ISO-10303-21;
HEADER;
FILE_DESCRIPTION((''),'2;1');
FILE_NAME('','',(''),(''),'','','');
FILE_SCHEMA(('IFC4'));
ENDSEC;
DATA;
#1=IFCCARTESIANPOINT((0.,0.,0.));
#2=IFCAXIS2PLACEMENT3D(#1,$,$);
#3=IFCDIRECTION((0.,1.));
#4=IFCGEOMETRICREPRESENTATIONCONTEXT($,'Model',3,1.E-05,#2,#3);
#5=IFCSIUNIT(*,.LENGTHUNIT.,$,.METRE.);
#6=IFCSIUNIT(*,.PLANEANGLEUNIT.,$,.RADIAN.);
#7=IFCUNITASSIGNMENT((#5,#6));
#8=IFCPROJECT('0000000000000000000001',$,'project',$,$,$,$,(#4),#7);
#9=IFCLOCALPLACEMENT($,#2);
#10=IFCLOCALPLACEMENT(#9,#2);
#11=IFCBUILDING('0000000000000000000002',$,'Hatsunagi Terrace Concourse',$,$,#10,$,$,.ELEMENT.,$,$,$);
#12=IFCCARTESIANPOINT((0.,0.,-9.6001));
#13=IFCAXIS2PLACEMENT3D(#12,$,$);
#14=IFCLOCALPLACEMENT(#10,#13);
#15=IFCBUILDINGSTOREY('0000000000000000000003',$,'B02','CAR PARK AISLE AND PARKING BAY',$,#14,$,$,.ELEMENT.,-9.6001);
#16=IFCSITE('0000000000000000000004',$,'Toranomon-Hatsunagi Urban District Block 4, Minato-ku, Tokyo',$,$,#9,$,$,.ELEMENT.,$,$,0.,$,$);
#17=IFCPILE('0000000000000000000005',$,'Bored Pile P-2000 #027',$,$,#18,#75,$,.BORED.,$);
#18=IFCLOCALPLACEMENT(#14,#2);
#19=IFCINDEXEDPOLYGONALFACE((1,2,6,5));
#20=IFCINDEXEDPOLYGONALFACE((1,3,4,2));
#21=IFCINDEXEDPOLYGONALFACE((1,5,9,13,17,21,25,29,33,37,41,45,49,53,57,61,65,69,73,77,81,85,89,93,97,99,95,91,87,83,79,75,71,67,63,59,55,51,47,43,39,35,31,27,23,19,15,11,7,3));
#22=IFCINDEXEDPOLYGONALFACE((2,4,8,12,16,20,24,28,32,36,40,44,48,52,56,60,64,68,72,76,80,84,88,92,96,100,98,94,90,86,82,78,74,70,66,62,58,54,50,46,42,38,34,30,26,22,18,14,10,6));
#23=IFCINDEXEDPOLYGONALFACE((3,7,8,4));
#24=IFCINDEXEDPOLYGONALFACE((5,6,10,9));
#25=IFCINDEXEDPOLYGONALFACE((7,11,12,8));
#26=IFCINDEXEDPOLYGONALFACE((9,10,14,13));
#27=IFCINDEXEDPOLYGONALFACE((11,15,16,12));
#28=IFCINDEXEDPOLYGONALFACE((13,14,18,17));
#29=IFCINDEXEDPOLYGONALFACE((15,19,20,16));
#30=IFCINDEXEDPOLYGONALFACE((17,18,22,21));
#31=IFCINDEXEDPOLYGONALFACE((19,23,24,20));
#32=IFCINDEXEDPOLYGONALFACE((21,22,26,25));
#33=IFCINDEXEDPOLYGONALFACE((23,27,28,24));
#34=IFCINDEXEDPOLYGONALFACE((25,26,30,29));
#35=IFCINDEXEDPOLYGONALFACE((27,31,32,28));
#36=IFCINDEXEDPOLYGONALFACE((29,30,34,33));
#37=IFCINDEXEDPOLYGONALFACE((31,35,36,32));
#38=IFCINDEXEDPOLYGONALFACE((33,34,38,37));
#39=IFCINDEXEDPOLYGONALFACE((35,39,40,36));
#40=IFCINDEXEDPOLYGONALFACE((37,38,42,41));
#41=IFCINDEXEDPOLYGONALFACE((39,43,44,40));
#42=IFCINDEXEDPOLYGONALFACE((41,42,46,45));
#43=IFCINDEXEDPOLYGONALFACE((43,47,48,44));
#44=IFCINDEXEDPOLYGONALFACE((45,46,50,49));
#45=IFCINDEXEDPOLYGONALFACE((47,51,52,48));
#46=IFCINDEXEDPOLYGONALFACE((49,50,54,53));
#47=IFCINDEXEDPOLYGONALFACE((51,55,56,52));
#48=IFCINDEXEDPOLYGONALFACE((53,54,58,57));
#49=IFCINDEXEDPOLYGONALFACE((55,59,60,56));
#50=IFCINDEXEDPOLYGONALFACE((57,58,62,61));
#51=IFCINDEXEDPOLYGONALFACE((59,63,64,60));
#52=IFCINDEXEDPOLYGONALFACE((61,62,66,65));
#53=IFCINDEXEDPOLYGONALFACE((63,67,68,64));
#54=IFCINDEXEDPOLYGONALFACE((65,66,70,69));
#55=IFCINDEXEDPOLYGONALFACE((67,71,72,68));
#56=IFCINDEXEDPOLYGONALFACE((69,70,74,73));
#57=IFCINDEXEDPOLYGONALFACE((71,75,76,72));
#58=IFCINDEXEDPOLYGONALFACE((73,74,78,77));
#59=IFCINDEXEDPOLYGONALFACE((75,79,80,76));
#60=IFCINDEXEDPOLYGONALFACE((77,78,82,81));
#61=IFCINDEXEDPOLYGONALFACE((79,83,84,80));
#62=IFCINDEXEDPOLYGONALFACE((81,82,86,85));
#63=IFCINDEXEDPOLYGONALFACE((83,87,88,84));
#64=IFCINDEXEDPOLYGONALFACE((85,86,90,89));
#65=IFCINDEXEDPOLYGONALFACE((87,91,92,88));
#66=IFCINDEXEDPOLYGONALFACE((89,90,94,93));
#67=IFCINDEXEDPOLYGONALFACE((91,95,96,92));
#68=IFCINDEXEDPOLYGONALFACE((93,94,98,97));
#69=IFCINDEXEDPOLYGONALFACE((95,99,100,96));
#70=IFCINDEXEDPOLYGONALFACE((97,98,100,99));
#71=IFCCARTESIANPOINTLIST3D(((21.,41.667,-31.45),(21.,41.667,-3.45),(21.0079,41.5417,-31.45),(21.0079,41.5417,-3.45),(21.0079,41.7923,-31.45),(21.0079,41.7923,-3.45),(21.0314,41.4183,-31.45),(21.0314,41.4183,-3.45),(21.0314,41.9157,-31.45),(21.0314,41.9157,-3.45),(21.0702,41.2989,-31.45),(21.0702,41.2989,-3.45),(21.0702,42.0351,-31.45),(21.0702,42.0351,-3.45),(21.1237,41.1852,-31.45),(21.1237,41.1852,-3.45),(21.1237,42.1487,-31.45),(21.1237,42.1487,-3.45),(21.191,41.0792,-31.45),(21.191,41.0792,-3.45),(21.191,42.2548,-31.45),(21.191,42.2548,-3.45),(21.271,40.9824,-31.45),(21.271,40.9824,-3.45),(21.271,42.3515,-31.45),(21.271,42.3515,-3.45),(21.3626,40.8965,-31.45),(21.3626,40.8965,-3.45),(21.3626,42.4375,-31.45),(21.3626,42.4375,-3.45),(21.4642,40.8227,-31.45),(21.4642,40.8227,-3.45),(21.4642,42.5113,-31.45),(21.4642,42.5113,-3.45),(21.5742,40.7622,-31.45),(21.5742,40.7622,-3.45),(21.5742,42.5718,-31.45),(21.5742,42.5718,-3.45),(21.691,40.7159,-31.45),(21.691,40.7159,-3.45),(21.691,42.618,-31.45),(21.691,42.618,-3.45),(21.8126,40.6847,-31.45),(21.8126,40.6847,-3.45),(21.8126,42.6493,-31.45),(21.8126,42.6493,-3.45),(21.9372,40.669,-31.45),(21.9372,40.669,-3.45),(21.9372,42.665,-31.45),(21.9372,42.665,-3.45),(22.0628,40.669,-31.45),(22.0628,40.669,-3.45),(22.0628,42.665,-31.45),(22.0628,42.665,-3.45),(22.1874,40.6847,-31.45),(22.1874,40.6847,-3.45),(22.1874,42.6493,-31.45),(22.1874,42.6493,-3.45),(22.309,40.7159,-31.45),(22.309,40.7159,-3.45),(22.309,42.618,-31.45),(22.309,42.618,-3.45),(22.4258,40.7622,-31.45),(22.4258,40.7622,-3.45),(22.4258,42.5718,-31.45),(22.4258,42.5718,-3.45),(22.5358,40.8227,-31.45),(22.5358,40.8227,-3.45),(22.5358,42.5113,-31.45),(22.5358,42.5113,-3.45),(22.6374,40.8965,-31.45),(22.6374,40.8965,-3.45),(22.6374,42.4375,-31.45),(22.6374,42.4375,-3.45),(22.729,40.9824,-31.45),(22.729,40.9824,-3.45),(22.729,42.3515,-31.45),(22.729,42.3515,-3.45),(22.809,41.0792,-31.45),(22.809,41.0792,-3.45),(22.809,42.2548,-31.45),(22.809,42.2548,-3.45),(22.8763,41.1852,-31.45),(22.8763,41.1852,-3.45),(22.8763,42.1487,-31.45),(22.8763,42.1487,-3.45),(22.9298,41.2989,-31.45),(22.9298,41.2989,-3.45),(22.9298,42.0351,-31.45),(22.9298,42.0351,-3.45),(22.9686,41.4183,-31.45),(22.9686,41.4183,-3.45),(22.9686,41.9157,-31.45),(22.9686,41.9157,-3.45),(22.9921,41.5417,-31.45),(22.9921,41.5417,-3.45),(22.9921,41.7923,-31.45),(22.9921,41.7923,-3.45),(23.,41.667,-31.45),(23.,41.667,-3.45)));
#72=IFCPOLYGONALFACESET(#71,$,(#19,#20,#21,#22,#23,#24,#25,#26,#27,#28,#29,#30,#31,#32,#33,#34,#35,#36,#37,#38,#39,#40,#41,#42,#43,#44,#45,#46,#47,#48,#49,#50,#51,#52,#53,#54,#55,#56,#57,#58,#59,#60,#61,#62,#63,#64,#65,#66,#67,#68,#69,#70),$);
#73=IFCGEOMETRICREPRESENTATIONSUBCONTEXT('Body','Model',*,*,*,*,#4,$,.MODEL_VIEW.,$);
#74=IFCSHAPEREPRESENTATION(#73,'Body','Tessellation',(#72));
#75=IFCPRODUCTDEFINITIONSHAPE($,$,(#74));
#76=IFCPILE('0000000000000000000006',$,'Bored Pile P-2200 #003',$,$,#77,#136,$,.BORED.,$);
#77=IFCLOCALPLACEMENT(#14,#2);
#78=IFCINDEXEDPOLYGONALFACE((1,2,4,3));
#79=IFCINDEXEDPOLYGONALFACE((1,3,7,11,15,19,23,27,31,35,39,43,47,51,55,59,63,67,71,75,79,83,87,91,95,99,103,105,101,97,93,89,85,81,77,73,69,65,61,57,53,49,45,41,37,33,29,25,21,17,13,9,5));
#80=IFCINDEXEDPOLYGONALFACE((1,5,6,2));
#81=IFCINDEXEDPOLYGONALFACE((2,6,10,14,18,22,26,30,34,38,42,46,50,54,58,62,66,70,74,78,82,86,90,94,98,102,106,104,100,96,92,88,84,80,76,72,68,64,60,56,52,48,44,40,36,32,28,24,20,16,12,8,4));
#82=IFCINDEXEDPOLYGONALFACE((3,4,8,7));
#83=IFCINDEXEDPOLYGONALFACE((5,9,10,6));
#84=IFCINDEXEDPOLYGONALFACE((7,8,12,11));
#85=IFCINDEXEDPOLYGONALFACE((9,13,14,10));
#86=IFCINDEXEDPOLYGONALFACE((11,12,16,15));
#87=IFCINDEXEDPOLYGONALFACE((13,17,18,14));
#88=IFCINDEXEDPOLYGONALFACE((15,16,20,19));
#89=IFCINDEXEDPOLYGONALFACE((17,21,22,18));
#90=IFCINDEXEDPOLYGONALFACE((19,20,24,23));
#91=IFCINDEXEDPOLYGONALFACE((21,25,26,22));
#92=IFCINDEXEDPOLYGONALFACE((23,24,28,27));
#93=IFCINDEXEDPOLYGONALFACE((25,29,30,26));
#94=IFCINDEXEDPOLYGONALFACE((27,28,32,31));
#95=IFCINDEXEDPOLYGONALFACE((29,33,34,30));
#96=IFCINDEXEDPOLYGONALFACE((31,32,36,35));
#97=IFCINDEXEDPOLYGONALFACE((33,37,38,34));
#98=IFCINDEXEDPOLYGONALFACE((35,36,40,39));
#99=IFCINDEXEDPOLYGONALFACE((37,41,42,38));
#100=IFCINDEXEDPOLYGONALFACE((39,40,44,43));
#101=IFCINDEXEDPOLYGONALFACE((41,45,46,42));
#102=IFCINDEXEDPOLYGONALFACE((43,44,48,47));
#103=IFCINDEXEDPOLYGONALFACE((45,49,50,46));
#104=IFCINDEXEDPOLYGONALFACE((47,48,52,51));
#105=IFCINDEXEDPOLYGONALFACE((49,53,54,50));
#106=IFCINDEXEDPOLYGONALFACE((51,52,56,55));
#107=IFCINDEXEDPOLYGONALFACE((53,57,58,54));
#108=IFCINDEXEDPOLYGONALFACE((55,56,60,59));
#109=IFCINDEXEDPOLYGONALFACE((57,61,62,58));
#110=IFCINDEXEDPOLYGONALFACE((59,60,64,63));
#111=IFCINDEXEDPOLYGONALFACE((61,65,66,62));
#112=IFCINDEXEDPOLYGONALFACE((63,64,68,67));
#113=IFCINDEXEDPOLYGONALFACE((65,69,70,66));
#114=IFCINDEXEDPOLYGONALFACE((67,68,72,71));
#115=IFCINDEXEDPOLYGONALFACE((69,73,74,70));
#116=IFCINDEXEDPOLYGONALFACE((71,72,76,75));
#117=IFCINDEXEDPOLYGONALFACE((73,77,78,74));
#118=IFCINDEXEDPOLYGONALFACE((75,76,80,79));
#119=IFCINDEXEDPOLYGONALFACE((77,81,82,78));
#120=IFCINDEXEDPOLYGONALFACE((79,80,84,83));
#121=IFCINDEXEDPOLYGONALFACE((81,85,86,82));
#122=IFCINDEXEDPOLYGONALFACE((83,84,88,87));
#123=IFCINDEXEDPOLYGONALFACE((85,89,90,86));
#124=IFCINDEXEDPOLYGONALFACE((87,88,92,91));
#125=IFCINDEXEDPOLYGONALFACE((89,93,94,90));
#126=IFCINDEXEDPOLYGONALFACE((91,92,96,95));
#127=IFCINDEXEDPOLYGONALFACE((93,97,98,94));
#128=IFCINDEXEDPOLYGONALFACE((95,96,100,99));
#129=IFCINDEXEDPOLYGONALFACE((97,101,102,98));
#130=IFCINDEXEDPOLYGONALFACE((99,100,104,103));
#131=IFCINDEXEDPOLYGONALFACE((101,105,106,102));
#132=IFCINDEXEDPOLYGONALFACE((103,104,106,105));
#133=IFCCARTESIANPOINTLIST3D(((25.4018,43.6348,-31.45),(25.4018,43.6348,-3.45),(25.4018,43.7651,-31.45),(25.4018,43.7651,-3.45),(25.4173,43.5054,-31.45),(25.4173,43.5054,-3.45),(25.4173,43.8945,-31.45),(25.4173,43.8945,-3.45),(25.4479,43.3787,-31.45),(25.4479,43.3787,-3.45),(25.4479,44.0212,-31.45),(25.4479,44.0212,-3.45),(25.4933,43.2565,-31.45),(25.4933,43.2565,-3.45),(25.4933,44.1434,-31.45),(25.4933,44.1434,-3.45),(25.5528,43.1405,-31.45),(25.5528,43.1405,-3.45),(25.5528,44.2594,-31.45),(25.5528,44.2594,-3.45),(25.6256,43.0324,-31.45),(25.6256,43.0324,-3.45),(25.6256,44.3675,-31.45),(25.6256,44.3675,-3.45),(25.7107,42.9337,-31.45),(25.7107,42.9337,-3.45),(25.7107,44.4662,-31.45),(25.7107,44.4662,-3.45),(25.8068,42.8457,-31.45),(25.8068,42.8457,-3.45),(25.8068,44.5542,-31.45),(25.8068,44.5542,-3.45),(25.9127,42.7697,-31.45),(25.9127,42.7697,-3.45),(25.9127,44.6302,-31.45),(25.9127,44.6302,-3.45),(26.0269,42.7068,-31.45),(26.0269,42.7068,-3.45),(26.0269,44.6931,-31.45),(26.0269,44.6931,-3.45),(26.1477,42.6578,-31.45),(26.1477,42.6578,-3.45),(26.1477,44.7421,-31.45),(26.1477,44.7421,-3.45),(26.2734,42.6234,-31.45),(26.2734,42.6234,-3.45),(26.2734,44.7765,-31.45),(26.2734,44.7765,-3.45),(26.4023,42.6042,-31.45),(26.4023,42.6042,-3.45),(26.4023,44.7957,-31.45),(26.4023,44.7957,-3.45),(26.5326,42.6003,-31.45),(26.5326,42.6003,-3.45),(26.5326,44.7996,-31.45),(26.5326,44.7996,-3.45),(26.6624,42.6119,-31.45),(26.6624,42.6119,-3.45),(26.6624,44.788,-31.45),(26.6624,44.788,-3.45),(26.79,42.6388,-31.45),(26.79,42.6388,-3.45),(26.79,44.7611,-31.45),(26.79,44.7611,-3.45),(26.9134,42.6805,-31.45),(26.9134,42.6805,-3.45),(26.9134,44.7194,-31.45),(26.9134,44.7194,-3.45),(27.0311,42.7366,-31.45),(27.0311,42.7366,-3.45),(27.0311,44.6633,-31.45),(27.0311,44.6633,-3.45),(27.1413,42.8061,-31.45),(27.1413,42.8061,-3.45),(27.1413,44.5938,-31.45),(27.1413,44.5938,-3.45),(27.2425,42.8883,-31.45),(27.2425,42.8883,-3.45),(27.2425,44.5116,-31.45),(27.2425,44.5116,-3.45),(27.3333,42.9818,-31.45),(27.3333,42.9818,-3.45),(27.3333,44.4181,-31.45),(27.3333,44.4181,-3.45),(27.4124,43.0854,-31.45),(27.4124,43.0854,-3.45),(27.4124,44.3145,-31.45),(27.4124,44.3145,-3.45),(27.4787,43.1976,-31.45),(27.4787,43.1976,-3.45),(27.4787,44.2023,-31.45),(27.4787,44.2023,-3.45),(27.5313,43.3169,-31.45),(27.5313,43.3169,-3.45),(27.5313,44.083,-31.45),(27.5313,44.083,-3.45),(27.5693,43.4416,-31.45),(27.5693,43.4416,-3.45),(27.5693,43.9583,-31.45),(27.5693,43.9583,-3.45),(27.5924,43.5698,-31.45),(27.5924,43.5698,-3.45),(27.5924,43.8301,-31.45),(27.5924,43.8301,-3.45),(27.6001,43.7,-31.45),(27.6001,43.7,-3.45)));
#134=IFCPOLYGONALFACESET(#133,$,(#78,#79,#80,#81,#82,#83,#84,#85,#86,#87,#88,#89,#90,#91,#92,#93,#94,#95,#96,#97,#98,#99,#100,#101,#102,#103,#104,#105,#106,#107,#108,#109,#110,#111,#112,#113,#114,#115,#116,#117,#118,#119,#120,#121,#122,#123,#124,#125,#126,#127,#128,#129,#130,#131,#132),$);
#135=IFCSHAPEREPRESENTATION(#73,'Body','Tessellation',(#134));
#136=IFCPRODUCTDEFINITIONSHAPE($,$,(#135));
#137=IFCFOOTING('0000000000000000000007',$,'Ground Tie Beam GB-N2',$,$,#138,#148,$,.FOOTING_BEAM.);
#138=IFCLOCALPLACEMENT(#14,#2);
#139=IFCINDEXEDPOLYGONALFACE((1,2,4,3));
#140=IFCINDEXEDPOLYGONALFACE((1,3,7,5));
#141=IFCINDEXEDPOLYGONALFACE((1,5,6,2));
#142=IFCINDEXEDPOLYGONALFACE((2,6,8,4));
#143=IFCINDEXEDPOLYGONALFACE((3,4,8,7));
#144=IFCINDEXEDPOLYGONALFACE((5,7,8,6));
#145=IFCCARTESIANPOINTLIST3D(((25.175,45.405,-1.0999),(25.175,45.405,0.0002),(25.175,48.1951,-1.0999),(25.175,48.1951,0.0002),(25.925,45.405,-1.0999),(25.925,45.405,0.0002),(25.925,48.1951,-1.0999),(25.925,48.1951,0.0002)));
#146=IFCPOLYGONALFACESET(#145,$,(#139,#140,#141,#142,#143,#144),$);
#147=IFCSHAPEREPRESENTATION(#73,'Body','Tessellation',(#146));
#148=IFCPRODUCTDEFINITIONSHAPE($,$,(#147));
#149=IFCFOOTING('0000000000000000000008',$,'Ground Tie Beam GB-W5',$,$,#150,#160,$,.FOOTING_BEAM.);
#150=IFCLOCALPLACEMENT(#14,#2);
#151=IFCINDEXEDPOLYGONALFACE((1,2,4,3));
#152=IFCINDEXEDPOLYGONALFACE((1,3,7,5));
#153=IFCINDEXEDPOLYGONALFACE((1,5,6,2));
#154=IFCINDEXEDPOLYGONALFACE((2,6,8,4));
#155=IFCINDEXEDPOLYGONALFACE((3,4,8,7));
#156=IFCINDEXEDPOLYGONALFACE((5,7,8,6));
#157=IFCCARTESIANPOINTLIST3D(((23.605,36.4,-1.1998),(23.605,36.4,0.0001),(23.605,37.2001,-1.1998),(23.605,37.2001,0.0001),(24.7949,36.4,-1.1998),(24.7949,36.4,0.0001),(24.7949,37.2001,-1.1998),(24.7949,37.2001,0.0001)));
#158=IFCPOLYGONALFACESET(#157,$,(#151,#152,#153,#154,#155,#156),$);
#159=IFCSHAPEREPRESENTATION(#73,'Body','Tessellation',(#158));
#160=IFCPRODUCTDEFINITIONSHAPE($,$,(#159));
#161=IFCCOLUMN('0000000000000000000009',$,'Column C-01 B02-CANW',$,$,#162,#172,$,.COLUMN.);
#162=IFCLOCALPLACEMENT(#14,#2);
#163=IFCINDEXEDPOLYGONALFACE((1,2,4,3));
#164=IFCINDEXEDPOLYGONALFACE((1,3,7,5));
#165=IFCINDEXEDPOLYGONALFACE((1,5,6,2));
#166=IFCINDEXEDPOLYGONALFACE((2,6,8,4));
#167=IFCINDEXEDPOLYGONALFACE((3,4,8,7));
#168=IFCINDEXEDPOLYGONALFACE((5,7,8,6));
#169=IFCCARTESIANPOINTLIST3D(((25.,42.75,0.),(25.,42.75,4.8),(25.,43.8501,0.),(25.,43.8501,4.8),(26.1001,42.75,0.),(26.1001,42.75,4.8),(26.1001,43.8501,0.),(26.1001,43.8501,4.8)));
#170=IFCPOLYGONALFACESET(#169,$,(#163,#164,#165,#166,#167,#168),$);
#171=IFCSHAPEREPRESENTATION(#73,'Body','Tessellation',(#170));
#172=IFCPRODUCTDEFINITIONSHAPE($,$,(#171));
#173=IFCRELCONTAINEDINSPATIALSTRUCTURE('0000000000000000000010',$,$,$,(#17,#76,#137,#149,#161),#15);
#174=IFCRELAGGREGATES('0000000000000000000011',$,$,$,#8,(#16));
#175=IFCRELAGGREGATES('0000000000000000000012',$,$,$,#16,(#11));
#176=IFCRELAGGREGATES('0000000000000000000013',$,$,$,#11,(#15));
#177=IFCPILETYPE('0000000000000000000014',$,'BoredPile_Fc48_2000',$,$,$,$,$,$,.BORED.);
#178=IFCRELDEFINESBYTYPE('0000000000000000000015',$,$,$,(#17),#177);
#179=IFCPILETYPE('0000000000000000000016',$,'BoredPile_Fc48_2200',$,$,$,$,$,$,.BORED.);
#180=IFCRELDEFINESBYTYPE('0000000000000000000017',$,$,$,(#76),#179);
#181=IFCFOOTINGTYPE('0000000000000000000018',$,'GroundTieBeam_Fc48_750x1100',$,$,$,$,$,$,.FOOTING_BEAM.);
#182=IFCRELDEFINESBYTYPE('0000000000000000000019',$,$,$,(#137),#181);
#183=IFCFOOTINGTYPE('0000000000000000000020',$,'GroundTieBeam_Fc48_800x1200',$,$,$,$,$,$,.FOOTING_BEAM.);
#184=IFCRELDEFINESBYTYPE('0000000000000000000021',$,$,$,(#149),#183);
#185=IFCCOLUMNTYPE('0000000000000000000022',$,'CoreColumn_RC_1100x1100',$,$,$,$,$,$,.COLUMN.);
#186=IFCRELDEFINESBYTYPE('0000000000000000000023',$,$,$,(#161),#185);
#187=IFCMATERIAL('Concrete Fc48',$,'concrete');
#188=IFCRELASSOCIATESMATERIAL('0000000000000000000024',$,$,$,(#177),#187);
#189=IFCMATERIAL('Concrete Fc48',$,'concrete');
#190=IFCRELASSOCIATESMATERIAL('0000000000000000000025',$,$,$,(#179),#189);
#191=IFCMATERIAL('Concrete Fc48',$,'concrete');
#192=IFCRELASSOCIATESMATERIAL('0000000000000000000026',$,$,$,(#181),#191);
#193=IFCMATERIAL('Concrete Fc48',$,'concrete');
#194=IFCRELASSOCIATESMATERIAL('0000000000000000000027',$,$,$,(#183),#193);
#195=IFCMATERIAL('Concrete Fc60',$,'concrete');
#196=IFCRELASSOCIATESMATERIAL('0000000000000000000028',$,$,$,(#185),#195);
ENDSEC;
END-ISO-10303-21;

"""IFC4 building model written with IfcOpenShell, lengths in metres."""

from ifc_helpers import new_model, si_unit, direction, frame, origin, origin_2d, place, context, subcontext, project, spatial, rectangle, circle, extrude, material, material_profile, profile_set, type_object, element, save


model = new_model("IFC4")

# Units and contexts
model_context = context("Model", 3, precision=1e-05, world=origin(), true_north=direction((0.0, 1.0)))
body_context = subcontext(model_context, "Body", "Model", "MODEL_VIEW")
ifc_project = project(units=[si_unit("LENGTHUNIT", "METRE"), si_unit("PLANEANGLEUNIT", "RADIAN")], contexts=[model_context])

# Site, building, storey
site_placement = place(None, origin())
site = spatial("IfcSite", under=ifc_project, at=site_placement, Name="Toranomon-Hatsunagi Urban District Block 4, Minato-ku, Tokyo", CompositionType="ELEMENT", RefElevation=0.0)
building_placement = place(site_placement, origin())
building = spatial("IfcBuilding", under=site, at=building_placement, Name="Hatsunagi Terrace Concourse", CompositionType="ELEMENT")
storey_placement = place(building_placement, frame((0.0, 0.0, -9.6001)))
storey = spatial("IfcBuildingStorey", under=building, at=storey_placement, Name="B02", Description="CAR PARK AISLE AND PARKING BAY", CompositionType="ELEMENT", Elevation=-9.6001)

# Piles
ifc_material_1 = material(Name="Concrete Fc48", Category="concrete")
ifc_material_profile_1 = material_profile(ifc_material_1, circle(Radius=1.0, at=origin_2d()), Name="PILE-2000")
ifc_profile_set_1 = profile_set([ifc_material_profile_1], Name="Concrete Fc48")
pile_type_1 = type_object("IfcPileType", Name="BoredPile_Fc48_2000", PredefinedType="BORED", material=ifc_profile_set_1)
pile_1_placement = place(storey_placement, frame((22.0, 41.667, -3.45), z_axis=(0.0, 0.0, -1.0), x_axis=(1.0, 0.0, 0.0)))
element("IfcPile", 1, at=pile_1_placement, inside=storey, type_object=pile_type_1, Name="Bored Pile P-2000 #027", PredefinedType="BORED", context=body_context, shape_type="SweptSolid", body=[
    extrude(circle(Radius=1.0, at=origin_2d()), origin(), (0.0, 0.0, 1.0), 28.0),
])
ifc_material_2 = material(Name="Concrete Fc48", Category="concrete")
ifc_material_profile_2 = material_profile(ifc_material_2, circle(Radius=1.1001, at=origin_2d()), Name="PILE-2200")
ifc_profile_set_2 = profile_set([ifc_material_profile_2], Name="Concrete Fc48")
pile_type_2 = type_object("IfcPileType", Name="BoredPile_Fc48_2200", PredefinedType="BORED", material=ifc_profile_set_2)
pile_2_placement = place(storey_placement, frame((26.5, 43.7, -3.45), z_axis=(0.0, 0.0, -1.0), x_axis=(1.0, 0.0, 0.0)))
element("IfcPile", 2, at=pile_2_placement, inside=storey, type_object=pile_type_2, Name="Bored Pile P-2200 #003", PredefinedType="BORED", context=body_context, shape_type="SweptSolid", body=[
    extrude(circle(Radius=1.1001, at=origin_2d()), origin(), (0.0, 0.0, 1.0), 28.0),
])

# Footings
ifc_material_3 = material(Name="Concrete Fc48", Category="concrete")
ifc_material_profile_3 = material_profile(ifc_material_3, rectangle(XDim=0.75, YDim=1.1001, at=origin_2d()), Name="RC-750x1100")
ifc_profile_set_3 = profile_set([ifc_material_profile_3], Name="Concrete Fc48")
footing_type_1 = type_object("IfcFootingType", Name="GroundTieBeam_Fc48_750x1100", PredefinedType="FOOTING_BEAM", material=ifc_profile_set_3)
footing_1_placement = place(storey_placement, frame((25.55, 45.405, -0.5498), z_axis=(0.0, 1.0, 0.0), x_axis=(-1.0, 0.0, 0.0)))
element("IfcFooting", 3, at=footing_1_placement, inside=storey, type_object=footing_type_1, Name="Ground Tie Beam GB-N2", PredefinedType="FOOTING_BEAM", context=body_context, shape_type="SweptSolid", body=[
    extrude(rectangle(XDim=0.75, YDim=1.1001, at=origin_2d()), origin(), (0.0, 0.0, 1.0), 2.79),
])
ifc_material_4 = material(Name="Concrete Fc48", Category="concrete")
ifc_material_profile_4 = material_profile(ifc_material_4, rectangle(XDim=0.8, YDim=1.2, at=origin_2d()), Name="RC-800x1200")
ifc_profile_set_4 = profile_set([ifc_material_profile_4], Name="Concrete Fc48")
footing_type_2 = type_object("IfcFootingType", Name="GroundTieBeam_Fc48_800x1200", PredefinedType="FOOTING_BEAM", material=ifc_profile_set_4)
footing_2_placement = place(storey_placement, frame((23.605, 36.8, -0.5999), z_axis=(1.0, 0.0, 0.0), x_axis=(0.0, 1.0, 0.0)))
element("IfcFooting", 4, at=footing_2_placement, inside=storey, type_object=footing_type_2, Name="Ground Tie Beam GB-W5", PredefinedType="FOOTING_BEAM", context=body_context, shape_type="SweptSolid", body=[
    extrude(rectangle(XDim=0.8, YDim=1.2, at=origin_2d()), origin(), (0.0, 0.0, 1.0), 1.1899),
])

# Column
ifc_material_5 = material(Name="Concrete Fc60", Category="concrete")
ifc_material_profile_5 = material_profile(ifc_material_5, rectangle(XDim=1.1001, YDim=1.1001, at=origin_2d()), Name="RC-1100x1100")
ifc_profile_set_5 = profile_set([ifc_material_profile_5], Name="Concrete Fc60")
column_type_1 = type_object("IfcColumnType", Name="CoreColumn_RC_1100x1100", PredefinedType="COLUMN", material=ifc_profile_set_5)
column_1_placement = place(storey_placement, frame((25.55, 43.3, 0.0), z_axis=(0.0, 0.0, 1.0), x_axis=(1.0, 0.0, 0.0)))
element("IfcColumn", 5, at=column_1_placement, inside=storey, type_object=column_type_1, Name="Column C-01 B02-CANW", PredefinedType="COLUMN", context=body_context, shape_type="SweptSolid", body=[
    extrude(rectangle(XDim=1.1001, YDim=1.1001, at=origin_2d()), origin(), (0.0, 0.0, 1.0), 4.8),
])

save(model, "model.ifc")
